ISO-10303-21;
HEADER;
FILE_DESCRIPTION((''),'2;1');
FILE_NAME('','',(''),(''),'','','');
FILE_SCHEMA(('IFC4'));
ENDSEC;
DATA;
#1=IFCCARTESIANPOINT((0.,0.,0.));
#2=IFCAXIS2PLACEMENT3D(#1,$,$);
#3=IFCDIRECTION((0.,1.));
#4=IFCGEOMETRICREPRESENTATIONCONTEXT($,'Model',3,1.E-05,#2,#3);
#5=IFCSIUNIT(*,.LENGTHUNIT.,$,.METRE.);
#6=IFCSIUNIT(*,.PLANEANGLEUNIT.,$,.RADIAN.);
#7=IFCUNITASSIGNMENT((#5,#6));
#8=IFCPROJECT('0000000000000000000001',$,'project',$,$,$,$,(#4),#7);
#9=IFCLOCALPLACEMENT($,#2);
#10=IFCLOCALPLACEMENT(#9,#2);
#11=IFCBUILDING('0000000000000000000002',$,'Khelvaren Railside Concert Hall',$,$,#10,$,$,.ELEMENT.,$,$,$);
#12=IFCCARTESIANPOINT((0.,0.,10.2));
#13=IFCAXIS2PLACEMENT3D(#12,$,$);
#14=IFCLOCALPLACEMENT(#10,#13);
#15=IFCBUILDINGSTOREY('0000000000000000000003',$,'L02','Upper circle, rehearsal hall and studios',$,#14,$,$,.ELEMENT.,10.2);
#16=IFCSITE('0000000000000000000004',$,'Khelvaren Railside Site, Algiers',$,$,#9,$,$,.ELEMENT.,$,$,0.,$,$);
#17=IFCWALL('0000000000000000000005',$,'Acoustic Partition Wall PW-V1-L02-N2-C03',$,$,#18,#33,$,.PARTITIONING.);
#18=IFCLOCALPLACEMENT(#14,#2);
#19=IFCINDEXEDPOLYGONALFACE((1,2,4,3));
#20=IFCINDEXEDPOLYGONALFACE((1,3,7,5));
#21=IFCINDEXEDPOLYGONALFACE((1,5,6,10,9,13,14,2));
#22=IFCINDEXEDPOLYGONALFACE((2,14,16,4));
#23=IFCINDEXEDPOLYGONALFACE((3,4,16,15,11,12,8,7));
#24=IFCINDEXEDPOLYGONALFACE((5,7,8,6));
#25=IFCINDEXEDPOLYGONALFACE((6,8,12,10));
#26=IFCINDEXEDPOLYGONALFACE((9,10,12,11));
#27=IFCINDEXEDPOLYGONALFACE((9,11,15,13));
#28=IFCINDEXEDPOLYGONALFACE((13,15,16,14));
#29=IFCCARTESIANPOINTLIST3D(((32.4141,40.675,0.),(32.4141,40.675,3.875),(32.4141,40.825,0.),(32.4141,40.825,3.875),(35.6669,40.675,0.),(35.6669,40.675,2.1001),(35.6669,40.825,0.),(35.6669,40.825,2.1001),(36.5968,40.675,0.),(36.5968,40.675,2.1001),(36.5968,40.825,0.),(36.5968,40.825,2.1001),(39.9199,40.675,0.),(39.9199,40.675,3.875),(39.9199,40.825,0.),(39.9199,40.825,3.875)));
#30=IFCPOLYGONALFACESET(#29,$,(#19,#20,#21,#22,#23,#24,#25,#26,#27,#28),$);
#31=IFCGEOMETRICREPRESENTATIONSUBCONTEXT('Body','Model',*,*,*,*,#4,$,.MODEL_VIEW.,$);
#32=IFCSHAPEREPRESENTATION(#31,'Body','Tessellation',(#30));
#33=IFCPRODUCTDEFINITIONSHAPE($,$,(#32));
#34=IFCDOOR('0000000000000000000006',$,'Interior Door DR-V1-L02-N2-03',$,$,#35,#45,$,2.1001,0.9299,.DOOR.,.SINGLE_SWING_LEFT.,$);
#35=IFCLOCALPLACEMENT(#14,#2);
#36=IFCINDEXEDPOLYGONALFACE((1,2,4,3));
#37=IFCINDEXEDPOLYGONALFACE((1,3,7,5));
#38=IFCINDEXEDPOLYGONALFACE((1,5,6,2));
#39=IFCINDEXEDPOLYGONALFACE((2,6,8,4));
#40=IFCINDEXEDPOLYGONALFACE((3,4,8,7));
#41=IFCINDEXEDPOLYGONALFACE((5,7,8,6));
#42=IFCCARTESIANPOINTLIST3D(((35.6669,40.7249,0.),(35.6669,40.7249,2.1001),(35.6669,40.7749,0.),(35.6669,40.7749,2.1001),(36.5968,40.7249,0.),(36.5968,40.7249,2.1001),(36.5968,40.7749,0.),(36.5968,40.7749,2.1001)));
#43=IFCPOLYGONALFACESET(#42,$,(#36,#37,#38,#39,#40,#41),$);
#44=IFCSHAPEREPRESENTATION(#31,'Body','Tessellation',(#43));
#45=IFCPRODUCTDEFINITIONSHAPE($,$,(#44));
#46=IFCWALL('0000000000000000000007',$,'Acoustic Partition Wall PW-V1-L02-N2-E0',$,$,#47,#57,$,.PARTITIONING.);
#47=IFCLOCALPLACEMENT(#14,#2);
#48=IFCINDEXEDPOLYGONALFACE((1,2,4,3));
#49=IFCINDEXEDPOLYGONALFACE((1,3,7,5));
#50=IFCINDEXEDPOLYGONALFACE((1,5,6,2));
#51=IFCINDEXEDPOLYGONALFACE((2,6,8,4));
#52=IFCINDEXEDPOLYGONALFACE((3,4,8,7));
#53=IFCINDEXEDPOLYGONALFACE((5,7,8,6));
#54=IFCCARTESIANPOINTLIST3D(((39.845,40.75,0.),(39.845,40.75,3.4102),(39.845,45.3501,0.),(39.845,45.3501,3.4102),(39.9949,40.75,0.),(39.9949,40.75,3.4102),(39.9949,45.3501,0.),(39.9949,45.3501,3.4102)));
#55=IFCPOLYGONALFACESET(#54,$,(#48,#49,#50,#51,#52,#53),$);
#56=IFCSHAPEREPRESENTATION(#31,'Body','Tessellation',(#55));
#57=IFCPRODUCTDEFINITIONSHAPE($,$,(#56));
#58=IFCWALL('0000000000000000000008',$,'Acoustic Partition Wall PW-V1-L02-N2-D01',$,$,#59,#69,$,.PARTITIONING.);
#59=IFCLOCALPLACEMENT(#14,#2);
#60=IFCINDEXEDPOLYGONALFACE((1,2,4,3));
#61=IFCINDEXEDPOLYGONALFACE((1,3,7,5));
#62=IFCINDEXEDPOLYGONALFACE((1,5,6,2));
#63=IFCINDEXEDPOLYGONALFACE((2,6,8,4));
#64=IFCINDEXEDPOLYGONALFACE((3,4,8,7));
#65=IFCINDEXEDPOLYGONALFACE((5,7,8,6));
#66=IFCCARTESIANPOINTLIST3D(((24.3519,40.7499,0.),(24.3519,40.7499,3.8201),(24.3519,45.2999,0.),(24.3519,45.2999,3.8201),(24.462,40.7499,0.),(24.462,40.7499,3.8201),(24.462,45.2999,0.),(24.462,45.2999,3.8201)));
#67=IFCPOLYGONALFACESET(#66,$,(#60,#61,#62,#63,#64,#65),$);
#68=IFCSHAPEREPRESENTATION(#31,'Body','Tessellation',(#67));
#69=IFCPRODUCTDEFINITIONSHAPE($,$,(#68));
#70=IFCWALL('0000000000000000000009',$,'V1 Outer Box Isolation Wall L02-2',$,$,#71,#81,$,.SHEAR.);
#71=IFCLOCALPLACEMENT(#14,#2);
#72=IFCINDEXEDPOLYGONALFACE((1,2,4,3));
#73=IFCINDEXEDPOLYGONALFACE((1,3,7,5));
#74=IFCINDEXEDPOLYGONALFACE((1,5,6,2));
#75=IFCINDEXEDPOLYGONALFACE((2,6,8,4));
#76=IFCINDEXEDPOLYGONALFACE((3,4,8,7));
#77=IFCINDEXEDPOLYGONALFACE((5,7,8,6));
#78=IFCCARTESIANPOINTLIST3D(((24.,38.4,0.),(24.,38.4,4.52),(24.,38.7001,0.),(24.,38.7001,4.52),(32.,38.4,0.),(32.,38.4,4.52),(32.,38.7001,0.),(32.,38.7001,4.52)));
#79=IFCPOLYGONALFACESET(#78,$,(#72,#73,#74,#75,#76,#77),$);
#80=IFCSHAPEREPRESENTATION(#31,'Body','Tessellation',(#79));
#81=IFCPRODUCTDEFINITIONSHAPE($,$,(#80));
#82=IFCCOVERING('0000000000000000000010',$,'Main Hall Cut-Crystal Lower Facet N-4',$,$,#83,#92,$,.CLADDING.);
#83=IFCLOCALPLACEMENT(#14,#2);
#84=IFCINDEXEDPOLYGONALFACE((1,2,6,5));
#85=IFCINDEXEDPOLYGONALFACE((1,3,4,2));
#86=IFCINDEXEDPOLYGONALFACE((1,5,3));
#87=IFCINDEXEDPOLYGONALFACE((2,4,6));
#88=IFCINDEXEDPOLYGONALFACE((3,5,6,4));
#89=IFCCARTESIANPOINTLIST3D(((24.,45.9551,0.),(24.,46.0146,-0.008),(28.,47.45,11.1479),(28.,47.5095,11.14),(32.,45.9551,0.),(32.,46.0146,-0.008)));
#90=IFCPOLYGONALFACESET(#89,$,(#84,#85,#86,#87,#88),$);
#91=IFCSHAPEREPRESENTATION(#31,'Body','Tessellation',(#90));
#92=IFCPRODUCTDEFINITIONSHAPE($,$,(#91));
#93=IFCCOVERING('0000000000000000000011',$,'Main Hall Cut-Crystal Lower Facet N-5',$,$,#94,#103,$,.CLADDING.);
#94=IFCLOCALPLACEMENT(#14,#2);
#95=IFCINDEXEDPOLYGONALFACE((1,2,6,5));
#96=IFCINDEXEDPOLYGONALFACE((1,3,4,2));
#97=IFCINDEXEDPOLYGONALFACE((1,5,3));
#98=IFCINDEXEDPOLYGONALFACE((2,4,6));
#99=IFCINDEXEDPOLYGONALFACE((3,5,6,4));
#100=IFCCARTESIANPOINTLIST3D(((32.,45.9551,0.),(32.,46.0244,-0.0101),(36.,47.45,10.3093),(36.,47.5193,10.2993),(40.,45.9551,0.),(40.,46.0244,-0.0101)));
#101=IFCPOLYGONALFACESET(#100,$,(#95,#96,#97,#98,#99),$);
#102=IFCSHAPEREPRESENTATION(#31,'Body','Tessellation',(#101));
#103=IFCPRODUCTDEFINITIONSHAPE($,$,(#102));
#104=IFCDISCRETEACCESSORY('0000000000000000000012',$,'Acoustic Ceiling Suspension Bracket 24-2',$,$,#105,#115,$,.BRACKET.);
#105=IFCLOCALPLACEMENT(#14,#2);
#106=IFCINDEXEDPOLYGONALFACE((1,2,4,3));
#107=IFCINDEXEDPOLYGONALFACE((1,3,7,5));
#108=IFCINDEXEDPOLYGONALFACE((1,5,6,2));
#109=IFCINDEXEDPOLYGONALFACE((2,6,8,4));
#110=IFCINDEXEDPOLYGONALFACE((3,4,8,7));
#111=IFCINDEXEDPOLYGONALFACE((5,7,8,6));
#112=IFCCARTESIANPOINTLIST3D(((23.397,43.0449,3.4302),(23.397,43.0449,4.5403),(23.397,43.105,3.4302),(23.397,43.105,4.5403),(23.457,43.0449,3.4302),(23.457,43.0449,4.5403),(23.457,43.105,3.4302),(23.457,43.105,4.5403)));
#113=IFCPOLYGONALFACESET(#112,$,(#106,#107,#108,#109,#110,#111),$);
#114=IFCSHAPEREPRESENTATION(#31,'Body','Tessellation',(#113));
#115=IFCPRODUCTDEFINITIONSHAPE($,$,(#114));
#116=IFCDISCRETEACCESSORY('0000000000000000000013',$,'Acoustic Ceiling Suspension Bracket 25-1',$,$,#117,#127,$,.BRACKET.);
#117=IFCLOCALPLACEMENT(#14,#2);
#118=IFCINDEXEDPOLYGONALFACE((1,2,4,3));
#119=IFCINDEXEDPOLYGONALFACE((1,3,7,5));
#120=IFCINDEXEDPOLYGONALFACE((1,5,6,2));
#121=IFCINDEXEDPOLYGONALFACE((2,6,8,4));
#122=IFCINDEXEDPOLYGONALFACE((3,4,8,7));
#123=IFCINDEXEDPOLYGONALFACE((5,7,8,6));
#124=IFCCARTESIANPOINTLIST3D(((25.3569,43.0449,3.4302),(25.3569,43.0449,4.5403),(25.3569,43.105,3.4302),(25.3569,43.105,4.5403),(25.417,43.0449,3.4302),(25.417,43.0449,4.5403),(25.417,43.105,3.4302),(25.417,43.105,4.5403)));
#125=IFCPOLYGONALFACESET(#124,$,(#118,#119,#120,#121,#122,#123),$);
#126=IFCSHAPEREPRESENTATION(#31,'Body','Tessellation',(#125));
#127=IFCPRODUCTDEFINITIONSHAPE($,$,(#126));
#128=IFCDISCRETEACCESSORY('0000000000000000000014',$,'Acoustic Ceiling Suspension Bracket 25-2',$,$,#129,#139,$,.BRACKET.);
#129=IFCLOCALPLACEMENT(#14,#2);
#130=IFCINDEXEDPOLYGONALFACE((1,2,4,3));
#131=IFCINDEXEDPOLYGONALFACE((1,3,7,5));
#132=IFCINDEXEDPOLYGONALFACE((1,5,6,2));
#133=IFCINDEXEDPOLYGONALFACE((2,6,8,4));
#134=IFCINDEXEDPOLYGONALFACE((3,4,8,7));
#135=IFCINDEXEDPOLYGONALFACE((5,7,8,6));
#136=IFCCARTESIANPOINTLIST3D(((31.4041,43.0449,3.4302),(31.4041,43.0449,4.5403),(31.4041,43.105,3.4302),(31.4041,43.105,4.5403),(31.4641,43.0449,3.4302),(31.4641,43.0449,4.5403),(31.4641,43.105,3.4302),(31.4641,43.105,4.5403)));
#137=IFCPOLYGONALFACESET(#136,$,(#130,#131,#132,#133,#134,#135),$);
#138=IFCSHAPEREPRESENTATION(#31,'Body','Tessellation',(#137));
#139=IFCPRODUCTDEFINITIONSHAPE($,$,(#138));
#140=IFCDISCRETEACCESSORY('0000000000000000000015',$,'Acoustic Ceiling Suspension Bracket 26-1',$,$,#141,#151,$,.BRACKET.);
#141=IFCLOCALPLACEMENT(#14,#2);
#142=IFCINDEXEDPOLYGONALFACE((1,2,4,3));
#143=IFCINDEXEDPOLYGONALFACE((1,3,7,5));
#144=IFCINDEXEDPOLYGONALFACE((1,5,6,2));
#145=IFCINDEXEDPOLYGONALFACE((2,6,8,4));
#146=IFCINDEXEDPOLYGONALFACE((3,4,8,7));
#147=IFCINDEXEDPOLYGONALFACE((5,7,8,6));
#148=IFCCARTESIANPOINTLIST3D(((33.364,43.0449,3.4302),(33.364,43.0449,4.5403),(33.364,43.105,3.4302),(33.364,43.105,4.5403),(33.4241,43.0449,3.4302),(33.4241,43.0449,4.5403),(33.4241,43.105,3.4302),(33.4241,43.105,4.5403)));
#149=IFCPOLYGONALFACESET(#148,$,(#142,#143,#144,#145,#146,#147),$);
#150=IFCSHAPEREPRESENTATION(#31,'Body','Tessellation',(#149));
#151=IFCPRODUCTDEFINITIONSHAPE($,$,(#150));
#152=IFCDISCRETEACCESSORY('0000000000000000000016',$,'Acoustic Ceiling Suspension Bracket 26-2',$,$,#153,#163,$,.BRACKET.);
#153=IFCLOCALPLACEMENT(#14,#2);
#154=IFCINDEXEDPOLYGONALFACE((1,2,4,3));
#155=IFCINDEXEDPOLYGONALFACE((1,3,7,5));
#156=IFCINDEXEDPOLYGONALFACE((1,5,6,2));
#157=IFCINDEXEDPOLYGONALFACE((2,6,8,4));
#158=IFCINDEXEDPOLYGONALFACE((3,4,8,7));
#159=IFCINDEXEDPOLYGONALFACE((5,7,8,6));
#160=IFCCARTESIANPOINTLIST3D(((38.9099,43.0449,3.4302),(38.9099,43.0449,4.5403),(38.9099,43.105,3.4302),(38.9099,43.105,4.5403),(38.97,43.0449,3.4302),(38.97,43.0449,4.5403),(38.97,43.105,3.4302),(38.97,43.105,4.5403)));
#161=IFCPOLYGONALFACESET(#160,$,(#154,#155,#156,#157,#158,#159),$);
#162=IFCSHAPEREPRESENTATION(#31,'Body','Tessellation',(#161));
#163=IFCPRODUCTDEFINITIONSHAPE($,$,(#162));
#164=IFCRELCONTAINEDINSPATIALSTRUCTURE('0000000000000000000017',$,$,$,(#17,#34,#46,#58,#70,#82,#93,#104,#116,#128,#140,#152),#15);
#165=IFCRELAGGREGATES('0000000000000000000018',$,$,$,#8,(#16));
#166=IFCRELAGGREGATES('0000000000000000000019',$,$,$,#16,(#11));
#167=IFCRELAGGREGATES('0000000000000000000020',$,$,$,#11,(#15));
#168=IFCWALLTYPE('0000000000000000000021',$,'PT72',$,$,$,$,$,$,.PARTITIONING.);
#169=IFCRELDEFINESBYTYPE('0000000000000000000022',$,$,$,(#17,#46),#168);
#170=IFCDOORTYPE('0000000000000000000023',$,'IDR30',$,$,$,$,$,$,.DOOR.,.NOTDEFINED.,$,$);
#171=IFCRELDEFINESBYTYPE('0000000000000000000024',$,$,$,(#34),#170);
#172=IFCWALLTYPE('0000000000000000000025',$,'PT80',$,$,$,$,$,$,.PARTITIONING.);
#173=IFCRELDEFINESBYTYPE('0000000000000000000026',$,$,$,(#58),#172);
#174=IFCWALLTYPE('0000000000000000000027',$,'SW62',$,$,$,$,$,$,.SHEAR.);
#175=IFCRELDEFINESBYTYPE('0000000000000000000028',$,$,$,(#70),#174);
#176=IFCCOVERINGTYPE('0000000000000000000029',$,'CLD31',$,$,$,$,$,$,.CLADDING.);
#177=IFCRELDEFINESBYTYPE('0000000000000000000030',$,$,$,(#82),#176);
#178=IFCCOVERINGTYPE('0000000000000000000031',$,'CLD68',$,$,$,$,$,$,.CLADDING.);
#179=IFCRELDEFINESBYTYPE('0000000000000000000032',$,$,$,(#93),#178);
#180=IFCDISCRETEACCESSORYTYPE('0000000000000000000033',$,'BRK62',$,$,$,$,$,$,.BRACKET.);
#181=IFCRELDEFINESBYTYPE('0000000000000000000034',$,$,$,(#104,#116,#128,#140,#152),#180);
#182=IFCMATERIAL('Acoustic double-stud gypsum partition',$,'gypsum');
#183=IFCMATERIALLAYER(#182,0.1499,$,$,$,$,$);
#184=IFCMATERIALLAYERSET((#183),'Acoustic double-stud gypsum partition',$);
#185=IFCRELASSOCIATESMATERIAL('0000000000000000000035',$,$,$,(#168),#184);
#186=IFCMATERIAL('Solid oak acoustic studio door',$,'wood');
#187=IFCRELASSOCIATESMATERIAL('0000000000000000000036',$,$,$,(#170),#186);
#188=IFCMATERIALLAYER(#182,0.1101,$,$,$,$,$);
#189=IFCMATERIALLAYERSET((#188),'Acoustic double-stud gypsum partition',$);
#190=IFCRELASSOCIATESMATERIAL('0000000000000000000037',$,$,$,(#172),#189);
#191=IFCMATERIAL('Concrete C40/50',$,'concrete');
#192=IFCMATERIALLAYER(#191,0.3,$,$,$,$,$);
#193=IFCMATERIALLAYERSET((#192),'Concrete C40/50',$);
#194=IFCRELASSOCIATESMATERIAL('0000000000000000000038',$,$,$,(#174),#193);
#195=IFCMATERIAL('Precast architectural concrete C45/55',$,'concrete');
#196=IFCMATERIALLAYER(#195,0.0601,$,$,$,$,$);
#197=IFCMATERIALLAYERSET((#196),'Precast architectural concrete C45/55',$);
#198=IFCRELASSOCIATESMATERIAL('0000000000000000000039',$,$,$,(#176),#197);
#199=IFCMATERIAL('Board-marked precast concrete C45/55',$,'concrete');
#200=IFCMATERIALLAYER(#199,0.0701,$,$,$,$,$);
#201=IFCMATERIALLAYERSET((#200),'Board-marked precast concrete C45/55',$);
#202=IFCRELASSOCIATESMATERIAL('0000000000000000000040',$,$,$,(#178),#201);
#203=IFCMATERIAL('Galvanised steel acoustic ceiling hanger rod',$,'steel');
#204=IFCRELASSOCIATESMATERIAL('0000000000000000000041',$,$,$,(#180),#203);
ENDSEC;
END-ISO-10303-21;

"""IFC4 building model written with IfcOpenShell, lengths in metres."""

from ifc_helpers import new_model, si_unit, direction, frame, frame_2d, origin, origin_2d, place, context, subcontext, project, spatial, polyline, rectangle, outline, extrude, material, layer, layer_set, type_object, element, fill, save


model = new_model("IFC4")

# Units and contexts
model_context = context("Model", 3, precision=1e-05, world=origin(), true_north=direction((0.0, 1.0)))
body_context = subcontext(model_context, "Body", "Model", "MODEL_VIEW")
ifc_project = project(units=[si_unit("LENGTHUNIT", "METRE"), si_unit("PLANEANGLEUNIT", "RADIAN")], contexts=[model_context])

# Site, building, storey
site_placement = place(None, origin())
site = spatial("IfcSite", under=ifc_project, at=site_placement, Name="Khelvaren Railside Site, Algiers", CompositionType="ELEMENT", RefElevation=0.0)
building_placement = place(site_placement, origin())
building = spatial("IfcBuilding", under=site, at=building_placement, Name="Khelvaren Railside Concert Hall", CompositionType="ELEMENT")
storey_placement = place(building_placement, frame((0.0, 0.0, 10.2)))
storey = spatial("IfcBuildingStorey", under=building, at=storey_placement, Name="L02", Description="Upper circle, rehearsal hall and studios", CompositionType="ELEMENT", Elevation=10.2)

# Shared definitions
ifc_material_1 = material(Name="Concrete C40/50", Category="concrete")

# Shared definitions
ifc_material_2 = material(Name="Acoustic double-stud gypsum partition", Category="gypsum")

# Wall, opening, door
ifc_layer_1 = layer(ifc_material_2, 0.1499)
ifc_layer_set_1 = layer_set([ifc_layer_1], Name="Acoustic double-stud gypsum partition")
wall_type_1 = type_object("IfcWallType", Name="PT72", PredefinedType="PARTITIONING", material=ifc_layer_set_1)
ifc_material_3 = material(Name="Solid oak acoustic studio door", Category="wood")
wall_1_placement = place(storey_placement, frame((32.4141, 40.75, 0.0), z_axis=(0.0, 0.0, 1.0), x_axis=(1.0, 0.0, 0.0)))
wall_1 = element("IfcWall", 1, at=wall_1_placement, inside=storey, type_object=wall_type_1, Name="Acoustic Partition Wall PW-V1-L02-N2-C03", PredefinedType="PARTITIONING", context=body_context, shape_type="SweptSolid", body=[
    extrude(rectangle(XDim=7.5059, YDim=0.1499, at=frame_2d((3.7529, 0.0))), origin(), (0.0, 0.0, 1.0), 3.875),
])
opening_1_placement = place(wall_1_placement, frame((3.2529, 0.0, 0.0)))
opening_1 = element("IfcOpeningElement", 2, at=opening_1_placement, cuts=wall_1, PredefinedType="OPENING", context=body_context, shape_type="SweptSolid", body=[
    extrude(rectangle(XDim=0.9299, YDim=2.1001, at=frame_2d((0.4648, 1.05))), frame((0.0, 0.085, 0.0), z_axis=(0.0, -1.0, 0.0), x_axis=(1.0, 0.0, 0.0)), (0.0, 0.0, 1.0), 0.1699),
])
door_type_1 = type_object("IfcDoorType", Name="IDR30", OperationType="NOTDEFINED", PredefinedType="DOOR", material=ifc_material_3)
door_1_placement = place(opening_1_placement, origin())
door_1 = element("IfcDoor", 3, at=door_1_placement, inside=storey, type_object=door_type_1, Name="Interior Door DR-V1-L02-N2-03", OperationType="SINGLE_SWING_LEFT", OverallHeight=2.1001, OverallWidth=0.9299, PredefinedType="DOOR", context=body_context, shape_type="SweptSolid", body=[
    extrude(rectangle(XDim=0.9299, YDim=2.1001, at=frame_2d((0.4648, 1.05))), frame((0.0, 0.0249, 0.0), z_axis=(0.0, -1.0, 0.0), x_axis=(1.0, 0.0, 0.0)), (0.0, 0.0, 1.0), 0.05),
])
fill(opening_1, door_1)

# Walls
wall_2_placement = place(storey_placement, frame((39.9199, 40.75, 0.0), z_axis=(0.0, 0.0, 1.0), x_axis=(0.0, 1.0, 0.0)))
element("IfcWall", 4, at=wall_2_placement, inside=storey, type_object=wall_type_1, Name="Acoustic Partition Wall PW-V1-L02-N2-E0", PredefinedType="PARTITIONING", context=body_context, shape_type="SweptSolid", body=[
    extrude(rectangle(XDim=4.6001, YDim=0.1499, at=frame_2d((2.3, 0.0))), origin(), (0.0, 0.0, 1.0), 3.4102),
])
ifc_layer_2 = layer(ifc_material_2, 0.1101)
ifc_layer_set_2 = layer_set([ifc_layer_2], Name="Acoustic double-stud gypsum partition")
wall_type_2 = type_object("IfcWallType", Name="PT80", PredefinedType="PARTITIONING", material=ifc_layer_set_2)
wall_3_placement = place(storey_placement, frame((24.407, 40.75, 0.0), z_axis=(0.0, 0.0, 1.0), x_axis=(0.0, 1.0, 0.0)))
element("IfcWall", 5, at=wall_3_placement, inside=storey, type_object=wall_type_2, Name="Acoustic Partition Wall PW-V1-L02-N2-D01", PredefinedType="PARTITIONING", context=body_context, shape_type="SweptSolid", body=[
    extrude(rectangle(XDim=4.55, YDim=0.1101, at=frame_2d((2.2749, 0.0))), origin(), (0.0, 0.0, 1.0), 3.8201),
])
ifc_layer_3 = layer(ifc_material_1, 0.3)
ifc_layer_set_3 = layer_set([ifc_layer_3], Name="Concrete C40/50")
wall_type_3 = type_object("IfcWallType", Name="SW62", PredefinedType="SHEAR", material=ifc_layer_set_3)
wall_4_placement = place(storey_placement, frame((24.0, 38.55, 0.0), z_axis=(0.0, 0.0, 1.0), x_axis=(1.0, 0.0, 0.0)))
element("IfcWall", 6, at=wall_4_placement, inside=storey, type_object=wall_type_3, Name="V1 Outer Box Isolation Wall L02-2", PredefinedType="SHEAR", context=body_context, shape_type="SweptSolid", body=[
    extrude(rectangle(XDim=8.0, YDim=0.3, at=frame_2d((4.0, 0.0))), origin(), (0.0, 0.0, 1.0), 4.52),
])

# Coverings
ifc_material_4 = material(Name="Precast architectural concrete C45/55", Category="concrete")
ifc_layer_4 = layer(ifc_material_4, 0.0601)
ifc_layer_set_4 = layer_set([ifc_layer_4], Name="Precast architectural concrete C45/55")
covering_type_1 = type_object("IfcCoveringType", Name="CLD31", PredefinedType="CLADDING", material=ifc_layer_set_4)
covering_1_placement = place(storey_placement, frame((24.0, 45.9551, 0.0), z_axis=(0.0, -0.991129, 0.132904), x_axis=(1.0, 0.0, 0.0)))
element("IfcCovering", 7, at=covering_1_placement, inside=storey, type_object=covering_type_1, Name="Main Hall Cut-Crystal Lower Facet N-4", PredefinedType="CLADDING", context=body_context, shape_type="SweptSolid", body=[
    extrude(outline(polyline([(0.0, 0.0), (8.0, 0.0), (4.0, 11.2477), (0.0, 0.0)])), origin(), (0.0, 0.0, -1.0), 0.0601),
])
ifc_material_5 = material(Name="Board-marked precast concrete C45/55", Category="concrete")
ifc_layer_5 = layer(ifc_material_5, 0.0701)
ifc_layer_set_5 = layer_set([ifc_layer_5], Name="Board-marked precast concrete C45/55")
covering_type_2 = type_object("IfcCoveringType", Name="CLD68", PredefinedType="CLADDING", material=ifc_layer_set_5)
covering_2_placement = place(storey_placement, frame((32.0, 45.9551, 0.0), z_axis=(0.0, -0.98965, 0.143501), x_axis=(1.0, 0.0, 0.0)))
element("IfcCovering", 8, at=covering_2_placement, inside=storey, type_object=covering_type_2, Name="Main Hall Cut-Crystal Lower Facet N-5", PredefinedType="CLADDING", context=body_context, shape_type="SweptSolid", body=[
    extrude(outline(polyline([(0.0, 0.0), (8.0, 0.0), (4.0, 10.4171), (0.0, 0.0)])), origin(), (0.0, 0.0, -1.0), 0.0701),
])

# Discrete accessories
ifc_material_6 = material(Name="Galvanised steel acoustic ceiling hanger rod", Category="steel")
discrete_accessory_type = type_object("IfcDiscreteAccessoryType", Name="BRK62", PredefinedType="BRACKET", material=ifc_material_6)
for number, where, z_axis, x_axis, name in (
    (9, (23.427, 43.075, 3.4302), (0.0, 0.0, 1.0), (1.0, 0.0, 0.0), "Acoustic Ceiling Suspension Bracket 24-2"),
    (10, (25.387, 43.075, 3.4302), (0.0, 0.0, 1.0), (1.0, 0.0, 0.0), "Acoustic Ceiling Suspension Bracket 25-1"),
    (11, (31.4341, 43.075, 3.4302), (0.0, 0.0, 1.0), (1.0, 0.0, 0.0), "Acoustic Ceiling Suspension Bracket 25-2"),
    (12, (33.394, 43.075, 3.4302), (0.0, 0.0, 1.0), (1.0, 0.0, 0.0), "Acoustic Ceiling Suspension Bracket 26-1"),
    (13, (38.9399, 43.075, 3.4302), (0.0, 0.0, 1.0), (1.0, 0.0, 0.0), "Acoustic Ceiling Suspension Bracket 26-2"),
):
    element("IfcDiscreteAccessory", number, at=place(storey_placement, frame(where, z_axis=z_axis, x_axis=x_axis)), inside=storey, type_object=discrete_accessory_type, Name=name, PredefinedType="BRACKET", context=body_context, shape_type="SweptSolid", body=[
        extrude(rectangle(XDim=0.0601, YDim=0.0601, at=origin_2d()), origin(), (0.0, 0.0, 1.0), 1.1101),
    ])

save(model, "model.ifc")
